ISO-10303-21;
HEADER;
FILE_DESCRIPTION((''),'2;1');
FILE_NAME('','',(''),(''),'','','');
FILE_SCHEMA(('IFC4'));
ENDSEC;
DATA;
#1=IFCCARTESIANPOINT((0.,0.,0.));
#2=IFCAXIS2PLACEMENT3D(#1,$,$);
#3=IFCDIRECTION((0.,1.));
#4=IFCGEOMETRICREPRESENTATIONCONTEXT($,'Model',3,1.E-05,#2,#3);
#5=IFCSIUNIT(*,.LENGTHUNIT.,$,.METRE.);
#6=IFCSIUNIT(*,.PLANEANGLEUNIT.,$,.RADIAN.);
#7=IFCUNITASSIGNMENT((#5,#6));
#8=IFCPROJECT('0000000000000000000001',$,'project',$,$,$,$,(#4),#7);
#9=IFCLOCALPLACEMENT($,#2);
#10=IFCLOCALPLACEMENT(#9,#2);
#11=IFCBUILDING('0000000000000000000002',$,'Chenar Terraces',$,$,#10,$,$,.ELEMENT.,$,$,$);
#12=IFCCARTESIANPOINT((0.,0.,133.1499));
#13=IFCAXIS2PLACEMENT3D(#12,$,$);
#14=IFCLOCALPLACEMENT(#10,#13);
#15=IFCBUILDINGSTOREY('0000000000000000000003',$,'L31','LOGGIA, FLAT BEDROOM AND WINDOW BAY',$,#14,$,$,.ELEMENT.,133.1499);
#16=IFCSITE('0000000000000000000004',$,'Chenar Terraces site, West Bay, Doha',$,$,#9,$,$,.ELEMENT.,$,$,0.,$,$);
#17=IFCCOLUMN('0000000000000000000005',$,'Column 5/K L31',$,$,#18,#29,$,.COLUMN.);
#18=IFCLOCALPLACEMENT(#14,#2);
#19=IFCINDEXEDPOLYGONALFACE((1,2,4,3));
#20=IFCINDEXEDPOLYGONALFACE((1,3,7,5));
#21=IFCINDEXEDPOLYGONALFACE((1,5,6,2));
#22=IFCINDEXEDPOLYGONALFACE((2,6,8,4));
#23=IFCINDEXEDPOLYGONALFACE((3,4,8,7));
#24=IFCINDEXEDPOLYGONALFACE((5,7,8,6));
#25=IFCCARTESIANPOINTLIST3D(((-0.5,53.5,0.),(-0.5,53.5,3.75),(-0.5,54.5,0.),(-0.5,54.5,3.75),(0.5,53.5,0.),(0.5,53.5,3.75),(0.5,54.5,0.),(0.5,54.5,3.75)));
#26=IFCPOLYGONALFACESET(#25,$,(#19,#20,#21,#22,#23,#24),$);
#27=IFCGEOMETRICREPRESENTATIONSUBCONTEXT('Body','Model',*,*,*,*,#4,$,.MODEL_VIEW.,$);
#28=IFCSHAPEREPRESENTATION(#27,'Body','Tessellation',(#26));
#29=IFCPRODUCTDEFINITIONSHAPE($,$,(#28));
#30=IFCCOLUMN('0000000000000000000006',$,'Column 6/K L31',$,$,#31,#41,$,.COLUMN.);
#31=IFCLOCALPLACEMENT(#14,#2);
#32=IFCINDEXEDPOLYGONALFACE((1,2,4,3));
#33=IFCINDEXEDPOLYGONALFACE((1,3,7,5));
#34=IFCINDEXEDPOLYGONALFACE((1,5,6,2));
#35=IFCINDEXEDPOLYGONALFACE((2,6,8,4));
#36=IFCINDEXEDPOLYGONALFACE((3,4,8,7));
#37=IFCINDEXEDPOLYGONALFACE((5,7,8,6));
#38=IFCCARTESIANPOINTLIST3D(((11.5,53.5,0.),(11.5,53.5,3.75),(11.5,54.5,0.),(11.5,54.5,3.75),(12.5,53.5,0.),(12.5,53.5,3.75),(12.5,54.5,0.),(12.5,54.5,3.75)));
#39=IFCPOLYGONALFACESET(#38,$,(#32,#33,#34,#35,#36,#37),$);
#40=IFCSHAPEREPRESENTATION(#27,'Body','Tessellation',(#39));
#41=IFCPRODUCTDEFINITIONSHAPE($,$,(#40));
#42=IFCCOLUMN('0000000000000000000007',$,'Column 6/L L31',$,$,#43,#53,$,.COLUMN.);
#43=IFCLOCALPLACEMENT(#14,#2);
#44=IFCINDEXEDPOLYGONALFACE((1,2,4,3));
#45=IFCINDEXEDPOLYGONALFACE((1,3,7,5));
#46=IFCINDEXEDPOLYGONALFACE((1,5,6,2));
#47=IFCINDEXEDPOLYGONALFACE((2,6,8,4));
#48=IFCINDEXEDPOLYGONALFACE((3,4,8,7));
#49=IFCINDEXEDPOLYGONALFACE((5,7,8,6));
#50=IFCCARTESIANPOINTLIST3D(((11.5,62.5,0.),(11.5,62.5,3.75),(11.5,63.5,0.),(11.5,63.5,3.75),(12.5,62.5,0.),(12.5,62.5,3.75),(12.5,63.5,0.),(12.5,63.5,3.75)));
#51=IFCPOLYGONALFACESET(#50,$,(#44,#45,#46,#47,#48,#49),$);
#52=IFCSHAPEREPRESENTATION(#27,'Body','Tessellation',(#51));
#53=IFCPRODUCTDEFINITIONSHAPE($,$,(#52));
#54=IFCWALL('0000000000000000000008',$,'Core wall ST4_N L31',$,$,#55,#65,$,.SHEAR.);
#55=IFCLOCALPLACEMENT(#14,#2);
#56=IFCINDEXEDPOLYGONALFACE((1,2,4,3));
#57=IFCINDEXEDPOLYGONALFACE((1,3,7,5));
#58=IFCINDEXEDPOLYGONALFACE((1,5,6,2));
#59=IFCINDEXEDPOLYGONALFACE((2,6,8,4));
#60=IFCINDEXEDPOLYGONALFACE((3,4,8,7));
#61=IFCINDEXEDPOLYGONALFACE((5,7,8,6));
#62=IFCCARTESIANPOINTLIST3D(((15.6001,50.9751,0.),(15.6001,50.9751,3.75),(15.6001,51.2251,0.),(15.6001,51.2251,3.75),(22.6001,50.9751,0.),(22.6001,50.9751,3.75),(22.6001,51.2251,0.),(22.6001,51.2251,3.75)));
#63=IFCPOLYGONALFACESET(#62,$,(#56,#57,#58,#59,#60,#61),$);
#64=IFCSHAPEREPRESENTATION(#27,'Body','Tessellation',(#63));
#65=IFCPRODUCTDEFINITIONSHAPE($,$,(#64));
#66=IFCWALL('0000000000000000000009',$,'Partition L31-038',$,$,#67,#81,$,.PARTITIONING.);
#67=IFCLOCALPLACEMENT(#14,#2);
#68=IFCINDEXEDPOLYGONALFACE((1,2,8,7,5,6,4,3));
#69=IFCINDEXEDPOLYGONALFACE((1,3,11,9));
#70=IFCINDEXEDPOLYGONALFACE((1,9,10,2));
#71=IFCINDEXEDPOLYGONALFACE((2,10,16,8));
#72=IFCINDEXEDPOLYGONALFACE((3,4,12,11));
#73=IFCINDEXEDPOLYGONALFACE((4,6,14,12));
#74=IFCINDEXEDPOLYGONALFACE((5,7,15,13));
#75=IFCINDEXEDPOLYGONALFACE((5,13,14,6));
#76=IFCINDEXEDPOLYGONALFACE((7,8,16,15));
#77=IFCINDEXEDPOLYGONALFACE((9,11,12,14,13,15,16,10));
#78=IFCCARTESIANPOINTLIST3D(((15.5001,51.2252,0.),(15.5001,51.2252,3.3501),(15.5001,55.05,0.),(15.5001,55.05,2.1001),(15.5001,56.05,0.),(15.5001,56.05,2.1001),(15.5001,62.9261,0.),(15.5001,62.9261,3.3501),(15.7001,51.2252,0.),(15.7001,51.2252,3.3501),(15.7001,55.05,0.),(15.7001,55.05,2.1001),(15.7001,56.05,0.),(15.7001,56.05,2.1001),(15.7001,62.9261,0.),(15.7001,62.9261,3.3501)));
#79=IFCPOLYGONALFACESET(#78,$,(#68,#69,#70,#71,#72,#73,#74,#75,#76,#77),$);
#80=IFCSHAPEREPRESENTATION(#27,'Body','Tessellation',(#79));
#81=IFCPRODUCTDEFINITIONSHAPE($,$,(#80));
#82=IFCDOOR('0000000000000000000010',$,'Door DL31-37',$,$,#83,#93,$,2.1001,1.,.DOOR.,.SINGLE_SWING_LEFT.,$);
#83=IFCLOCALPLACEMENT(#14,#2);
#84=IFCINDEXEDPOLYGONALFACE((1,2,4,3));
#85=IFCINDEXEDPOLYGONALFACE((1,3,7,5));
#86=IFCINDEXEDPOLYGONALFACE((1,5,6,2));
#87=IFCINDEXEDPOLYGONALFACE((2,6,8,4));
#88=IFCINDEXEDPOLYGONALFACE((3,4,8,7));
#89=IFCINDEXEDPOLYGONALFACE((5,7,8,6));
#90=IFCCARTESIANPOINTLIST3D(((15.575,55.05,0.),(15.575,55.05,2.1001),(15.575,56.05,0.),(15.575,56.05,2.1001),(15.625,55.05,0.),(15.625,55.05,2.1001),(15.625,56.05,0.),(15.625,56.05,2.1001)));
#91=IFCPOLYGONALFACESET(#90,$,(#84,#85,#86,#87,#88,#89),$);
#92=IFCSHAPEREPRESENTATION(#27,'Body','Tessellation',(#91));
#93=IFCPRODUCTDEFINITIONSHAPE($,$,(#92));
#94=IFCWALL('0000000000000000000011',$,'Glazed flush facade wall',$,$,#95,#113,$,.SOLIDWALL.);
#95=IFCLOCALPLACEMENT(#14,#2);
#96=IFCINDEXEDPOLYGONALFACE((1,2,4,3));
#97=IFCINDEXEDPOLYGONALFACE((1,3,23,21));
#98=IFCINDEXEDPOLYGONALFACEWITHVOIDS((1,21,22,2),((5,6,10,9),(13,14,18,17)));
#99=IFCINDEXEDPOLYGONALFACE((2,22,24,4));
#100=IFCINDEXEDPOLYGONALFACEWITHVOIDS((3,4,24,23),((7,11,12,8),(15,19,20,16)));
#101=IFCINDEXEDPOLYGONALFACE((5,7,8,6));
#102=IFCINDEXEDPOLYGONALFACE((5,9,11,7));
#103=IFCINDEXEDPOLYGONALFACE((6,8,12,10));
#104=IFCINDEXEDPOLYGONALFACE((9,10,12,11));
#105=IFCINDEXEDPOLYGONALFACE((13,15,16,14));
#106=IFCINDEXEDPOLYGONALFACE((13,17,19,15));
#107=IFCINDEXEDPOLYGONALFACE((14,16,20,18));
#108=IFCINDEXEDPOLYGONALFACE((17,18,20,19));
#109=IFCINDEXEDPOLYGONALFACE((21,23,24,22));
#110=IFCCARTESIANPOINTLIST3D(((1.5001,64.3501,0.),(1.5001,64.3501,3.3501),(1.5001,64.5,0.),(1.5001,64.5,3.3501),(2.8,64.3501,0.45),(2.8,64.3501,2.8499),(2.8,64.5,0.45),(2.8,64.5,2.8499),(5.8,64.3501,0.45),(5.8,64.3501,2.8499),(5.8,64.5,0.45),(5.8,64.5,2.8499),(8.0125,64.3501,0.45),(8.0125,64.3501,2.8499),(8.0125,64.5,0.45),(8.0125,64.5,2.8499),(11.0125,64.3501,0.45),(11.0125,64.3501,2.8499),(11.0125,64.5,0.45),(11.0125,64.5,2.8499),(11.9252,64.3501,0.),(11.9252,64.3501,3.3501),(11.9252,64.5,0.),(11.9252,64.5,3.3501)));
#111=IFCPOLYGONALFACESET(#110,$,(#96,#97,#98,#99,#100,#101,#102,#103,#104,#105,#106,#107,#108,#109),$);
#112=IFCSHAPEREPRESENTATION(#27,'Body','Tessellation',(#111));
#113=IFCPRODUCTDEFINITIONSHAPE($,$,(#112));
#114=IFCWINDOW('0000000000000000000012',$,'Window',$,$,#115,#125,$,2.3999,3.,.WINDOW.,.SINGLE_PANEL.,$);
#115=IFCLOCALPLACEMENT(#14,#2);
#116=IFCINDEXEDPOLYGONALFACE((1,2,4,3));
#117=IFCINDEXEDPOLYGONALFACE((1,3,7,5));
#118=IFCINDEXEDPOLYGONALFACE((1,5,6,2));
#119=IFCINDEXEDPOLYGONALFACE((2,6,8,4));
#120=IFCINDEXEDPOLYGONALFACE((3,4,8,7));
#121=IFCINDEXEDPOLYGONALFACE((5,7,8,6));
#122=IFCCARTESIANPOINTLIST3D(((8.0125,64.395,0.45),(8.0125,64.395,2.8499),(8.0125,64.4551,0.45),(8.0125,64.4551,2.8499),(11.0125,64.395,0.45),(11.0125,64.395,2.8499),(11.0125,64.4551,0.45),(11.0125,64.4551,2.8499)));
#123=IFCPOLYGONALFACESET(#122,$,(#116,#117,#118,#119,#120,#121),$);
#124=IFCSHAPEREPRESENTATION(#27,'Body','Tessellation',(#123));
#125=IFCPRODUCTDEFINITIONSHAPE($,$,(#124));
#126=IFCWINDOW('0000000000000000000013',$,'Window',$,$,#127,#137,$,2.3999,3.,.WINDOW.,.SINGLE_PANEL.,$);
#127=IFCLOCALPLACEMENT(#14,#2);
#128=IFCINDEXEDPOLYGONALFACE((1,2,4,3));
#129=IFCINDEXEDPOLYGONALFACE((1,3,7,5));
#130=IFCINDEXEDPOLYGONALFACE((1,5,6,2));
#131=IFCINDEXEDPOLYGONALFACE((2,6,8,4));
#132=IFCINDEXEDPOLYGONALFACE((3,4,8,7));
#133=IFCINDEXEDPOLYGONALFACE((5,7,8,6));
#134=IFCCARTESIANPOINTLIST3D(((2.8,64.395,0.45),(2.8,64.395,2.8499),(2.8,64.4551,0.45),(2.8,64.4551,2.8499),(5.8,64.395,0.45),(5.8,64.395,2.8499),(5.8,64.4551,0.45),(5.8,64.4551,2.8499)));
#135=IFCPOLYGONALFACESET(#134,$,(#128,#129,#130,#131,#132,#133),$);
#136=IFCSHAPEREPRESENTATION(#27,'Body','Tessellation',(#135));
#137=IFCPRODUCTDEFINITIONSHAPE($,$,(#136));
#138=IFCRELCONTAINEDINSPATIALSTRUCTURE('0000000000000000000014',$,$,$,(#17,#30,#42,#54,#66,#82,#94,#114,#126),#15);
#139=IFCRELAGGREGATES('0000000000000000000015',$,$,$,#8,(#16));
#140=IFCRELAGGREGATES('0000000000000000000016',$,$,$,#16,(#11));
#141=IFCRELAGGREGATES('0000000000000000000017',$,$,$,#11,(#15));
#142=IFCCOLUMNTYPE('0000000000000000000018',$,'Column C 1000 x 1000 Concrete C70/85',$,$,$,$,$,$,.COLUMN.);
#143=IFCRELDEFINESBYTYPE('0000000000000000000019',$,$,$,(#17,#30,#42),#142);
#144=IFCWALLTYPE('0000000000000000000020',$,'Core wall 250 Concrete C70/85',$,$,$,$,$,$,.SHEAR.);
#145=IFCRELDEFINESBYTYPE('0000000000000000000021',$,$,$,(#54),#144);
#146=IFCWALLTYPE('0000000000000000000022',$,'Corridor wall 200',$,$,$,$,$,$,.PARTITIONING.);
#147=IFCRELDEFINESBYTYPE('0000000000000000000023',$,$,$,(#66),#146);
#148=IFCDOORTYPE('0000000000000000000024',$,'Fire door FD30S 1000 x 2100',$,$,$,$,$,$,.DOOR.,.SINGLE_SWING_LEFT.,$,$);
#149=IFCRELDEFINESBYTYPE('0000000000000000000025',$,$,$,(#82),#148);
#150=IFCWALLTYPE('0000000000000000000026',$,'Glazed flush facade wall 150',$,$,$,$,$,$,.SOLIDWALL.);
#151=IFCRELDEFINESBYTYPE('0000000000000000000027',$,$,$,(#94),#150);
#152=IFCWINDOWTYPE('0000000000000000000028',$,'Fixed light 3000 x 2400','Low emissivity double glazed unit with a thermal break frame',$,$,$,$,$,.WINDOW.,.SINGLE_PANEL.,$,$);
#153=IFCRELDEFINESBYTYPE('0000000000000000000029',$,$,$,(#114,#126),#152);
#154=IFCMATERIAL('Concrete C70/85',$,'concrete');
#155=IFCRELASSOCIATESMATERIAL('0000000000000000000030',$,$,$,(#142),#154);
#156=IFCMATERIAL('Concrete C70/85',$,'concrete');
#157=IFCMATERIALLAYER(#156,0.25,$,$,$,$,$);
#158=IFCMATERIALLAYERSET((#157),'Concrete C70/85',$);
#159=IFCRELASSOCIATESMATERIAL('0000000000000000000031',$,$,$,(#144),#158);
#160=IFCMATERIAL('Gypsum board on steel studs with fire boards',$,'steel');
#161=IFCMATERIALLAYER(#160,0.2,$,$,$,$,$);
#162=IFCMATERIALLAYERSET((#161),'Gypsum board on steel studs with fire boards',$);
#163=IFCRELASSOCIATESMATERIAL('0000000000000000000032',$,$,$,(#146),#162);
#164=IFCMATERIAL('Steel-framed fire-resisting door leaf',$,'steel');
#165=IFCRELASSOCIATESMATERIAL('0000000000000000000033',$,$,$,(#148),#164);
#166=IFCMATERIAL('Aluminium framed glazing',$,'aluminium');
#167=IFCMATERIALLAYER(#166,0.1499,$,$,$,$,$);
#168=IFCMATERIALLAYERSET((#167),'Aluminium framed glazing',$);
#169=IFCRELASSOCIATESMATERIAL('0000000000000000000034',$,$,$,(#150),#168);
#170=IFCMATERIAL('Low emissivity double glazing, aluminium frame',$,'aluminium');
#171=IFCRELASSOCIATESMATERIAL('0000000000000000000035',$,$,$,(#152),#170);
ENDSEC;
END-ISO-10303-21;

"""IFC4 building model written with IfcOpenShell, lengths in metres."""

from ifc_helpers import new_model, si_unit, direction, frame, frame_2d, origin, origin_2d, place, context, subcontext, project, spatial, rectangle, extrude, material, layer, layer_set, material_profile, profile_set, type_object, element, fill, save


model = new_model("IFC4")

# Units and contexts
model_context = context("Model", 3, precision=1e-05, world=origin(), true_north=direction((0.0, 1.0)))
body_context = subcontext(model_context, "Body", "Model", "MODEL_VIEW")
ifc_project = project(units=[si_unit("LENGTHUNIT", "METRE"), si_unit("PLANEANGLEUNIT", "RADIAN")], contexts=[model_context])

# Site, building, storey
site_placement = place(None, origin())
site = spatial("IfcSite", under=ifc_project, at=site_placement, Name="Chenar Terraces site, West Bay, Doha", CompositionType="ELEMENT", RefElevation=0.0)
building_placement = place(site_placement, origin())
building = spatial("IfcBuilding", under=site, at=building_placement, Name="Chenar Terraces", CompositionType="ELEMENT")
storey_placement = place(building_placement, frame((0.0, 0.0, 133.1499)))
storey = spatial("IfcBuildingStorey", under=building, at=storey_placement, Name="L31", Description="LOGGIA, FLAT BEDROOM AND WINDOW BAY", CompositionType="ELEMENT", Elevation=133.1499)

# Columns
ifc_material_1 = material(Name="Concrete C70/85", Category="concrete")
ifc_material_profile = material_profile(ifc_material_1, rectangle(XDim=1.0, YDim=1.0, at=origin_2d()), Name="C 1000 x 1000")
ifc_profile_set = profile_set([ifc_material_profile], Name="Concrete C70/85")
column_type = type_object("IfcColumnType", Name="Column C 1000 x 1000 Concrete C70/85", PredefinedType="COLUMN", material=ifc_profile_set)
for number, where, z_axis, x_axis, name in (
    (1, (0.0, 54.0, 0.0), (0.0, 0.0, 1.0), (1.0, 0.0, 0.0), "Column 5/K L31"),
    (2, (12.0, 54.0, 0.0), (0.0, 0.0, 1.0), (1.0, 0.0, 0.0), "Column 6/K L31"),
    (3, (12.0, 63.0, 0.0), (0.0, 0.0, 1.0), (1.0, 0.0, 0.0), "Column 6/L L31"),
):
    element("IfcColumn", number, at=place(storey_placement, frame(where, z_axis=z_axis, x_axis=x_axis)), inside=storey, type_object=column_type, Name=name, PredefinedType="COLUMN", context=body_context, shape_type="SweptSolid", body=[
        extrude(rectangle(XDim=1.0, YDim=1.0, at=origin_2d()), origin(), (0.0, 0.0, 1.0), 3.75),
    ])

# Wall
ifc_material_2 = material(Name="Concrete C70/85", Category="concrete")
ifc_layer_1 = layer(ifc_material_2, 0.25)
ifc_layer_set_1 = layer_set([ifc_layer_1], Name="Concrete C70/85")
wall_type_1 = type_object("IfcWallType", Name="Core wall 250 Concrete C70/85", PredefinedType="SHEAR", material=ifc_layer_set_1)
wall_1_placement = place(storey_placement, frame((15.6001, 51.1001, 0.0), z_axis=(0.0, 0.0, 1.0), x_axis=(1.0, 0.0, 0.0)))
element("IfcWall", 4, at=wall_1_placement, inside=storey, type_object=wall_type_1, Name="Core wall ST4_N L31", PredefinedType="SHEAR", context=body_context, shape_type="SweptSolid", body=[
    extrude(rectangle(XDim=7.0, YDim=0.25, at=frame_2d((3.5, 0.0))), origin(), (0.0, 0.0, 1.0), 3.75),
])

# Wall, opening, door
ifc_material_3 = material(Name="Gypsum board on steel studs with fire boards", Category="steel")
ifc_layer_2 = layer(ifc_material_3, 0.2)
ifc_layer_set_2 = layer_set([ifc_layer_2], Name="Gypsum board on steel studs with fire boards")
wall_type_2 = type_object("IfcWallType", Name="Corridor wall 200", PredefinedType="PARTITIONING", material=ifc_layer_set_2)
wall_2_placement = place(storey_placement, frame((15.6001, 51.2251, 0.0), z_axis=(0.0, 0.0, 1.0), x_axis=(0.0, 1.0, 0.0)))
wall_2 = element("IfcWall", 5, at=wall_2_placement, inside=storey, type_object=wall_type_2, Name="Partition L31-038", PredefinedType="PARTITIONING", context=body_context, shape_type="SweptSolid", body=[
    extrude(rectangle(XDim=11.7009, YDim=0.2, at=frame_2d((5.8506, 0.0))), origin(), (0.0, 0.0, 1.0), 3.3501),
])
opening_1_placement = place(wall_2_placement, frame((3.825, 0.0, 0.0)))
opening_1 = element("IfcOpeningElement", 6, at=opening_1_placement, cuts=wall_2, PredefinedType="OPENING", context=body_context, shape_type="SweptSolid", body=[
    extrude(rectangle(XDim=1.0, YDim=2.1001, at=frame_2d((0.5, 1.05))), frame((0.0, 0.1099, 0.0), z_axis=(0.0, -1.0, 0.0), x_axis=(1.0, 0.0, 0.0)), (0.0, 0.0, 1.0), 0.22),
])
ifc_material_4 = material(Name="Steel-framed fire-resisting door leaf", Category="steel")
door_type_1 = type_object("IfcDoorType", Name="Fire door FD30S 1000 x 2100", OperationType="SINGLE_SWING_LEFT", PredefinedType="DOOR", material=ifc_material_4)
door_1_placement = place(opening_1_placement, frame((1.0, 0.0, 0.0), z_axis=(0.0, 0.0, 1.0), x_axis=(-1.0, 0.0, 0.0)))
door_1 = element("IfcDoor", 7, at=door_1_placement, inside=storey, type_object=door_type_1, Name="Door DL31-37", OperationType="SINGLE_SWING_LEFT", OverallHeight=2.1001, OverallWidth=1.0, PredefinedType="DOOR", context=body_context, shape_type="SweptSolid", body=[
    extrude(rectangle(XDim=1.0, YDim=2.1001, at=frame_2d((0.5, 1.05))), frame((0.0, 0.0249, 0.0), z_axis=(0.0, -1.0, 0.0), x_axis=(1.0, 0.0, 0.0)), (0.0, 0.0, 1.0), 0.05),
])
fill(opening_1, door_1)

# Wall, openings, windows
ifc_material_5 = material(Name="Aluminium framed glazing", Category="aluminium")
ifc_layer_3 = layer(ifc_material_5, 0.1499)
ifc_layer_set_3 = layer_set([ifc_layer_3], Name="Aluminium framed glazing")
wall_type_3 = type_object("IfcWallType", Name="Glazed flush facade wall 150", PredefinedType="SOLIDWALL", material=ifc_layer_set_3)
wall_3_placement = place(storey_placement, frame((11.925, 64.425, 0.0), z_axis=(0.0, 0.0, 1.0), x_axis=(-1.0, 0.0, 0.0)))
wall_3 = element("IfcWall", 8, at=wall_3_placement, inside=storey, type_object=wall_type_3, Name="Glazed flush facade wall", PredefinedType="SOLIDWALL", context=body_context, shape_type="SweptSolid", body=[
    extrude(rectangle(XDim=10.425, YDim=0.1499, at=frame_2d((5.2124, 0.0))), origin(), (0.0, 0.0, 1.0), 3.3501),
])
opening_2_placement = place(wall_3_placement, frame((0.9126, 0.0, 0.45)))
opening_2 = element("IfcOpeningElement", 9, at=opening_2_placement, cuts=wall_3, PredefinedType="OPENING", context=body_context, shape_type="SweptSolid", body=[
    extrude(rectangle(XDim=3.0, YDim=2.3999, at=frame_2d((1.5, 1.2))), frame((0.0, 0.085, 0.0), z_axis=(0.0, -1.0, 0.0), x_axis=(1.0, 0.0, 0.0)), (0.0, 0.0, 1.0), 0.1699),
])
opening_3_placement = place(wall_3_placement, frame((6.125, 0.0, 0.45)))
opening_3 = element("IfcOpeningElement", 10, at=opening_3_placement, cuts=wall_3, PredefinedType="OPENING", context=body_context, shape_type="SweptSolid", body=[
    extrude(rectangle(XDim=3.0, YDim=2.3999, at=frame_2d((1.5, 1.2))), frame((0.0, 0.085, 0.0), z_axis=(0.0, -1.0, 0.0), x_axis=(1.0, 0.0, 0.0)), (0.0, 0.0, 1.0), 0.1699),
])
ifc_material_6 = material(Name="Low emissivity double glazing, aluminium frame", Category="aluminium")
window_type_1 = type_object("IfcWindowType", Name="Fixed light 3000 x 2400", Description="Low emissivity double glazed unit with a thermal break frame", PartitioningType="SINGLE_PANEL", PredefinedType="WINDOW", material=ifc_material_6)
window_1_placement = place(opening_2_placement, origin())
window_1 = element("IfcWindow", 11, at=window_1_placement, inside=storey, type_object=window_type_1, Name="Window", OverallHeight=2.3999, OverallWidth=3.0, PartitioningType="SINGLE_PANEL", PredefinedType="WINDOW", context=body_context, shape_type="SweptSolid", body=[
    extrude(rectangle(XDim=3.0, YDim=2.3999, at=frame_2d((1.5, 1.2))), frame((0.0, 0.03, 0.0), z_axis=(0.0, -1.0, 0.0), x_axis=(1.0, 0.0, 0.0)), (0.0, 0.0, 1.0), 0.0601),
])
fill(opening_2, window_1)
window_2_placement = place(opening_3_placement, origin())
window_2 = element("IfcWindow", 12, at=window_2_placement, inside=storey, type_object=window_type_1, Name="Window", OverallHeight=2.3999, OverallWidth=3.0, PartitioningType="SINGLE_PANEL", PredefinedType="WINDOW", context=body_context, shape_type="SweptSolid", body=[
    extrude(rectangle(XDim=3.0, YDim=2.3999, at=frame_2d((1.5, 1.2))), frame((0.0, 0.03, 0.0), z_axis=(0.0, -1.0, 0.0), x_axis=(1.0, 0.0, 0.0)), (0.0, 0.0, 1.0), 0.0601),
])
fill(opening_3, window_2)

save(model, "model.ifc")
